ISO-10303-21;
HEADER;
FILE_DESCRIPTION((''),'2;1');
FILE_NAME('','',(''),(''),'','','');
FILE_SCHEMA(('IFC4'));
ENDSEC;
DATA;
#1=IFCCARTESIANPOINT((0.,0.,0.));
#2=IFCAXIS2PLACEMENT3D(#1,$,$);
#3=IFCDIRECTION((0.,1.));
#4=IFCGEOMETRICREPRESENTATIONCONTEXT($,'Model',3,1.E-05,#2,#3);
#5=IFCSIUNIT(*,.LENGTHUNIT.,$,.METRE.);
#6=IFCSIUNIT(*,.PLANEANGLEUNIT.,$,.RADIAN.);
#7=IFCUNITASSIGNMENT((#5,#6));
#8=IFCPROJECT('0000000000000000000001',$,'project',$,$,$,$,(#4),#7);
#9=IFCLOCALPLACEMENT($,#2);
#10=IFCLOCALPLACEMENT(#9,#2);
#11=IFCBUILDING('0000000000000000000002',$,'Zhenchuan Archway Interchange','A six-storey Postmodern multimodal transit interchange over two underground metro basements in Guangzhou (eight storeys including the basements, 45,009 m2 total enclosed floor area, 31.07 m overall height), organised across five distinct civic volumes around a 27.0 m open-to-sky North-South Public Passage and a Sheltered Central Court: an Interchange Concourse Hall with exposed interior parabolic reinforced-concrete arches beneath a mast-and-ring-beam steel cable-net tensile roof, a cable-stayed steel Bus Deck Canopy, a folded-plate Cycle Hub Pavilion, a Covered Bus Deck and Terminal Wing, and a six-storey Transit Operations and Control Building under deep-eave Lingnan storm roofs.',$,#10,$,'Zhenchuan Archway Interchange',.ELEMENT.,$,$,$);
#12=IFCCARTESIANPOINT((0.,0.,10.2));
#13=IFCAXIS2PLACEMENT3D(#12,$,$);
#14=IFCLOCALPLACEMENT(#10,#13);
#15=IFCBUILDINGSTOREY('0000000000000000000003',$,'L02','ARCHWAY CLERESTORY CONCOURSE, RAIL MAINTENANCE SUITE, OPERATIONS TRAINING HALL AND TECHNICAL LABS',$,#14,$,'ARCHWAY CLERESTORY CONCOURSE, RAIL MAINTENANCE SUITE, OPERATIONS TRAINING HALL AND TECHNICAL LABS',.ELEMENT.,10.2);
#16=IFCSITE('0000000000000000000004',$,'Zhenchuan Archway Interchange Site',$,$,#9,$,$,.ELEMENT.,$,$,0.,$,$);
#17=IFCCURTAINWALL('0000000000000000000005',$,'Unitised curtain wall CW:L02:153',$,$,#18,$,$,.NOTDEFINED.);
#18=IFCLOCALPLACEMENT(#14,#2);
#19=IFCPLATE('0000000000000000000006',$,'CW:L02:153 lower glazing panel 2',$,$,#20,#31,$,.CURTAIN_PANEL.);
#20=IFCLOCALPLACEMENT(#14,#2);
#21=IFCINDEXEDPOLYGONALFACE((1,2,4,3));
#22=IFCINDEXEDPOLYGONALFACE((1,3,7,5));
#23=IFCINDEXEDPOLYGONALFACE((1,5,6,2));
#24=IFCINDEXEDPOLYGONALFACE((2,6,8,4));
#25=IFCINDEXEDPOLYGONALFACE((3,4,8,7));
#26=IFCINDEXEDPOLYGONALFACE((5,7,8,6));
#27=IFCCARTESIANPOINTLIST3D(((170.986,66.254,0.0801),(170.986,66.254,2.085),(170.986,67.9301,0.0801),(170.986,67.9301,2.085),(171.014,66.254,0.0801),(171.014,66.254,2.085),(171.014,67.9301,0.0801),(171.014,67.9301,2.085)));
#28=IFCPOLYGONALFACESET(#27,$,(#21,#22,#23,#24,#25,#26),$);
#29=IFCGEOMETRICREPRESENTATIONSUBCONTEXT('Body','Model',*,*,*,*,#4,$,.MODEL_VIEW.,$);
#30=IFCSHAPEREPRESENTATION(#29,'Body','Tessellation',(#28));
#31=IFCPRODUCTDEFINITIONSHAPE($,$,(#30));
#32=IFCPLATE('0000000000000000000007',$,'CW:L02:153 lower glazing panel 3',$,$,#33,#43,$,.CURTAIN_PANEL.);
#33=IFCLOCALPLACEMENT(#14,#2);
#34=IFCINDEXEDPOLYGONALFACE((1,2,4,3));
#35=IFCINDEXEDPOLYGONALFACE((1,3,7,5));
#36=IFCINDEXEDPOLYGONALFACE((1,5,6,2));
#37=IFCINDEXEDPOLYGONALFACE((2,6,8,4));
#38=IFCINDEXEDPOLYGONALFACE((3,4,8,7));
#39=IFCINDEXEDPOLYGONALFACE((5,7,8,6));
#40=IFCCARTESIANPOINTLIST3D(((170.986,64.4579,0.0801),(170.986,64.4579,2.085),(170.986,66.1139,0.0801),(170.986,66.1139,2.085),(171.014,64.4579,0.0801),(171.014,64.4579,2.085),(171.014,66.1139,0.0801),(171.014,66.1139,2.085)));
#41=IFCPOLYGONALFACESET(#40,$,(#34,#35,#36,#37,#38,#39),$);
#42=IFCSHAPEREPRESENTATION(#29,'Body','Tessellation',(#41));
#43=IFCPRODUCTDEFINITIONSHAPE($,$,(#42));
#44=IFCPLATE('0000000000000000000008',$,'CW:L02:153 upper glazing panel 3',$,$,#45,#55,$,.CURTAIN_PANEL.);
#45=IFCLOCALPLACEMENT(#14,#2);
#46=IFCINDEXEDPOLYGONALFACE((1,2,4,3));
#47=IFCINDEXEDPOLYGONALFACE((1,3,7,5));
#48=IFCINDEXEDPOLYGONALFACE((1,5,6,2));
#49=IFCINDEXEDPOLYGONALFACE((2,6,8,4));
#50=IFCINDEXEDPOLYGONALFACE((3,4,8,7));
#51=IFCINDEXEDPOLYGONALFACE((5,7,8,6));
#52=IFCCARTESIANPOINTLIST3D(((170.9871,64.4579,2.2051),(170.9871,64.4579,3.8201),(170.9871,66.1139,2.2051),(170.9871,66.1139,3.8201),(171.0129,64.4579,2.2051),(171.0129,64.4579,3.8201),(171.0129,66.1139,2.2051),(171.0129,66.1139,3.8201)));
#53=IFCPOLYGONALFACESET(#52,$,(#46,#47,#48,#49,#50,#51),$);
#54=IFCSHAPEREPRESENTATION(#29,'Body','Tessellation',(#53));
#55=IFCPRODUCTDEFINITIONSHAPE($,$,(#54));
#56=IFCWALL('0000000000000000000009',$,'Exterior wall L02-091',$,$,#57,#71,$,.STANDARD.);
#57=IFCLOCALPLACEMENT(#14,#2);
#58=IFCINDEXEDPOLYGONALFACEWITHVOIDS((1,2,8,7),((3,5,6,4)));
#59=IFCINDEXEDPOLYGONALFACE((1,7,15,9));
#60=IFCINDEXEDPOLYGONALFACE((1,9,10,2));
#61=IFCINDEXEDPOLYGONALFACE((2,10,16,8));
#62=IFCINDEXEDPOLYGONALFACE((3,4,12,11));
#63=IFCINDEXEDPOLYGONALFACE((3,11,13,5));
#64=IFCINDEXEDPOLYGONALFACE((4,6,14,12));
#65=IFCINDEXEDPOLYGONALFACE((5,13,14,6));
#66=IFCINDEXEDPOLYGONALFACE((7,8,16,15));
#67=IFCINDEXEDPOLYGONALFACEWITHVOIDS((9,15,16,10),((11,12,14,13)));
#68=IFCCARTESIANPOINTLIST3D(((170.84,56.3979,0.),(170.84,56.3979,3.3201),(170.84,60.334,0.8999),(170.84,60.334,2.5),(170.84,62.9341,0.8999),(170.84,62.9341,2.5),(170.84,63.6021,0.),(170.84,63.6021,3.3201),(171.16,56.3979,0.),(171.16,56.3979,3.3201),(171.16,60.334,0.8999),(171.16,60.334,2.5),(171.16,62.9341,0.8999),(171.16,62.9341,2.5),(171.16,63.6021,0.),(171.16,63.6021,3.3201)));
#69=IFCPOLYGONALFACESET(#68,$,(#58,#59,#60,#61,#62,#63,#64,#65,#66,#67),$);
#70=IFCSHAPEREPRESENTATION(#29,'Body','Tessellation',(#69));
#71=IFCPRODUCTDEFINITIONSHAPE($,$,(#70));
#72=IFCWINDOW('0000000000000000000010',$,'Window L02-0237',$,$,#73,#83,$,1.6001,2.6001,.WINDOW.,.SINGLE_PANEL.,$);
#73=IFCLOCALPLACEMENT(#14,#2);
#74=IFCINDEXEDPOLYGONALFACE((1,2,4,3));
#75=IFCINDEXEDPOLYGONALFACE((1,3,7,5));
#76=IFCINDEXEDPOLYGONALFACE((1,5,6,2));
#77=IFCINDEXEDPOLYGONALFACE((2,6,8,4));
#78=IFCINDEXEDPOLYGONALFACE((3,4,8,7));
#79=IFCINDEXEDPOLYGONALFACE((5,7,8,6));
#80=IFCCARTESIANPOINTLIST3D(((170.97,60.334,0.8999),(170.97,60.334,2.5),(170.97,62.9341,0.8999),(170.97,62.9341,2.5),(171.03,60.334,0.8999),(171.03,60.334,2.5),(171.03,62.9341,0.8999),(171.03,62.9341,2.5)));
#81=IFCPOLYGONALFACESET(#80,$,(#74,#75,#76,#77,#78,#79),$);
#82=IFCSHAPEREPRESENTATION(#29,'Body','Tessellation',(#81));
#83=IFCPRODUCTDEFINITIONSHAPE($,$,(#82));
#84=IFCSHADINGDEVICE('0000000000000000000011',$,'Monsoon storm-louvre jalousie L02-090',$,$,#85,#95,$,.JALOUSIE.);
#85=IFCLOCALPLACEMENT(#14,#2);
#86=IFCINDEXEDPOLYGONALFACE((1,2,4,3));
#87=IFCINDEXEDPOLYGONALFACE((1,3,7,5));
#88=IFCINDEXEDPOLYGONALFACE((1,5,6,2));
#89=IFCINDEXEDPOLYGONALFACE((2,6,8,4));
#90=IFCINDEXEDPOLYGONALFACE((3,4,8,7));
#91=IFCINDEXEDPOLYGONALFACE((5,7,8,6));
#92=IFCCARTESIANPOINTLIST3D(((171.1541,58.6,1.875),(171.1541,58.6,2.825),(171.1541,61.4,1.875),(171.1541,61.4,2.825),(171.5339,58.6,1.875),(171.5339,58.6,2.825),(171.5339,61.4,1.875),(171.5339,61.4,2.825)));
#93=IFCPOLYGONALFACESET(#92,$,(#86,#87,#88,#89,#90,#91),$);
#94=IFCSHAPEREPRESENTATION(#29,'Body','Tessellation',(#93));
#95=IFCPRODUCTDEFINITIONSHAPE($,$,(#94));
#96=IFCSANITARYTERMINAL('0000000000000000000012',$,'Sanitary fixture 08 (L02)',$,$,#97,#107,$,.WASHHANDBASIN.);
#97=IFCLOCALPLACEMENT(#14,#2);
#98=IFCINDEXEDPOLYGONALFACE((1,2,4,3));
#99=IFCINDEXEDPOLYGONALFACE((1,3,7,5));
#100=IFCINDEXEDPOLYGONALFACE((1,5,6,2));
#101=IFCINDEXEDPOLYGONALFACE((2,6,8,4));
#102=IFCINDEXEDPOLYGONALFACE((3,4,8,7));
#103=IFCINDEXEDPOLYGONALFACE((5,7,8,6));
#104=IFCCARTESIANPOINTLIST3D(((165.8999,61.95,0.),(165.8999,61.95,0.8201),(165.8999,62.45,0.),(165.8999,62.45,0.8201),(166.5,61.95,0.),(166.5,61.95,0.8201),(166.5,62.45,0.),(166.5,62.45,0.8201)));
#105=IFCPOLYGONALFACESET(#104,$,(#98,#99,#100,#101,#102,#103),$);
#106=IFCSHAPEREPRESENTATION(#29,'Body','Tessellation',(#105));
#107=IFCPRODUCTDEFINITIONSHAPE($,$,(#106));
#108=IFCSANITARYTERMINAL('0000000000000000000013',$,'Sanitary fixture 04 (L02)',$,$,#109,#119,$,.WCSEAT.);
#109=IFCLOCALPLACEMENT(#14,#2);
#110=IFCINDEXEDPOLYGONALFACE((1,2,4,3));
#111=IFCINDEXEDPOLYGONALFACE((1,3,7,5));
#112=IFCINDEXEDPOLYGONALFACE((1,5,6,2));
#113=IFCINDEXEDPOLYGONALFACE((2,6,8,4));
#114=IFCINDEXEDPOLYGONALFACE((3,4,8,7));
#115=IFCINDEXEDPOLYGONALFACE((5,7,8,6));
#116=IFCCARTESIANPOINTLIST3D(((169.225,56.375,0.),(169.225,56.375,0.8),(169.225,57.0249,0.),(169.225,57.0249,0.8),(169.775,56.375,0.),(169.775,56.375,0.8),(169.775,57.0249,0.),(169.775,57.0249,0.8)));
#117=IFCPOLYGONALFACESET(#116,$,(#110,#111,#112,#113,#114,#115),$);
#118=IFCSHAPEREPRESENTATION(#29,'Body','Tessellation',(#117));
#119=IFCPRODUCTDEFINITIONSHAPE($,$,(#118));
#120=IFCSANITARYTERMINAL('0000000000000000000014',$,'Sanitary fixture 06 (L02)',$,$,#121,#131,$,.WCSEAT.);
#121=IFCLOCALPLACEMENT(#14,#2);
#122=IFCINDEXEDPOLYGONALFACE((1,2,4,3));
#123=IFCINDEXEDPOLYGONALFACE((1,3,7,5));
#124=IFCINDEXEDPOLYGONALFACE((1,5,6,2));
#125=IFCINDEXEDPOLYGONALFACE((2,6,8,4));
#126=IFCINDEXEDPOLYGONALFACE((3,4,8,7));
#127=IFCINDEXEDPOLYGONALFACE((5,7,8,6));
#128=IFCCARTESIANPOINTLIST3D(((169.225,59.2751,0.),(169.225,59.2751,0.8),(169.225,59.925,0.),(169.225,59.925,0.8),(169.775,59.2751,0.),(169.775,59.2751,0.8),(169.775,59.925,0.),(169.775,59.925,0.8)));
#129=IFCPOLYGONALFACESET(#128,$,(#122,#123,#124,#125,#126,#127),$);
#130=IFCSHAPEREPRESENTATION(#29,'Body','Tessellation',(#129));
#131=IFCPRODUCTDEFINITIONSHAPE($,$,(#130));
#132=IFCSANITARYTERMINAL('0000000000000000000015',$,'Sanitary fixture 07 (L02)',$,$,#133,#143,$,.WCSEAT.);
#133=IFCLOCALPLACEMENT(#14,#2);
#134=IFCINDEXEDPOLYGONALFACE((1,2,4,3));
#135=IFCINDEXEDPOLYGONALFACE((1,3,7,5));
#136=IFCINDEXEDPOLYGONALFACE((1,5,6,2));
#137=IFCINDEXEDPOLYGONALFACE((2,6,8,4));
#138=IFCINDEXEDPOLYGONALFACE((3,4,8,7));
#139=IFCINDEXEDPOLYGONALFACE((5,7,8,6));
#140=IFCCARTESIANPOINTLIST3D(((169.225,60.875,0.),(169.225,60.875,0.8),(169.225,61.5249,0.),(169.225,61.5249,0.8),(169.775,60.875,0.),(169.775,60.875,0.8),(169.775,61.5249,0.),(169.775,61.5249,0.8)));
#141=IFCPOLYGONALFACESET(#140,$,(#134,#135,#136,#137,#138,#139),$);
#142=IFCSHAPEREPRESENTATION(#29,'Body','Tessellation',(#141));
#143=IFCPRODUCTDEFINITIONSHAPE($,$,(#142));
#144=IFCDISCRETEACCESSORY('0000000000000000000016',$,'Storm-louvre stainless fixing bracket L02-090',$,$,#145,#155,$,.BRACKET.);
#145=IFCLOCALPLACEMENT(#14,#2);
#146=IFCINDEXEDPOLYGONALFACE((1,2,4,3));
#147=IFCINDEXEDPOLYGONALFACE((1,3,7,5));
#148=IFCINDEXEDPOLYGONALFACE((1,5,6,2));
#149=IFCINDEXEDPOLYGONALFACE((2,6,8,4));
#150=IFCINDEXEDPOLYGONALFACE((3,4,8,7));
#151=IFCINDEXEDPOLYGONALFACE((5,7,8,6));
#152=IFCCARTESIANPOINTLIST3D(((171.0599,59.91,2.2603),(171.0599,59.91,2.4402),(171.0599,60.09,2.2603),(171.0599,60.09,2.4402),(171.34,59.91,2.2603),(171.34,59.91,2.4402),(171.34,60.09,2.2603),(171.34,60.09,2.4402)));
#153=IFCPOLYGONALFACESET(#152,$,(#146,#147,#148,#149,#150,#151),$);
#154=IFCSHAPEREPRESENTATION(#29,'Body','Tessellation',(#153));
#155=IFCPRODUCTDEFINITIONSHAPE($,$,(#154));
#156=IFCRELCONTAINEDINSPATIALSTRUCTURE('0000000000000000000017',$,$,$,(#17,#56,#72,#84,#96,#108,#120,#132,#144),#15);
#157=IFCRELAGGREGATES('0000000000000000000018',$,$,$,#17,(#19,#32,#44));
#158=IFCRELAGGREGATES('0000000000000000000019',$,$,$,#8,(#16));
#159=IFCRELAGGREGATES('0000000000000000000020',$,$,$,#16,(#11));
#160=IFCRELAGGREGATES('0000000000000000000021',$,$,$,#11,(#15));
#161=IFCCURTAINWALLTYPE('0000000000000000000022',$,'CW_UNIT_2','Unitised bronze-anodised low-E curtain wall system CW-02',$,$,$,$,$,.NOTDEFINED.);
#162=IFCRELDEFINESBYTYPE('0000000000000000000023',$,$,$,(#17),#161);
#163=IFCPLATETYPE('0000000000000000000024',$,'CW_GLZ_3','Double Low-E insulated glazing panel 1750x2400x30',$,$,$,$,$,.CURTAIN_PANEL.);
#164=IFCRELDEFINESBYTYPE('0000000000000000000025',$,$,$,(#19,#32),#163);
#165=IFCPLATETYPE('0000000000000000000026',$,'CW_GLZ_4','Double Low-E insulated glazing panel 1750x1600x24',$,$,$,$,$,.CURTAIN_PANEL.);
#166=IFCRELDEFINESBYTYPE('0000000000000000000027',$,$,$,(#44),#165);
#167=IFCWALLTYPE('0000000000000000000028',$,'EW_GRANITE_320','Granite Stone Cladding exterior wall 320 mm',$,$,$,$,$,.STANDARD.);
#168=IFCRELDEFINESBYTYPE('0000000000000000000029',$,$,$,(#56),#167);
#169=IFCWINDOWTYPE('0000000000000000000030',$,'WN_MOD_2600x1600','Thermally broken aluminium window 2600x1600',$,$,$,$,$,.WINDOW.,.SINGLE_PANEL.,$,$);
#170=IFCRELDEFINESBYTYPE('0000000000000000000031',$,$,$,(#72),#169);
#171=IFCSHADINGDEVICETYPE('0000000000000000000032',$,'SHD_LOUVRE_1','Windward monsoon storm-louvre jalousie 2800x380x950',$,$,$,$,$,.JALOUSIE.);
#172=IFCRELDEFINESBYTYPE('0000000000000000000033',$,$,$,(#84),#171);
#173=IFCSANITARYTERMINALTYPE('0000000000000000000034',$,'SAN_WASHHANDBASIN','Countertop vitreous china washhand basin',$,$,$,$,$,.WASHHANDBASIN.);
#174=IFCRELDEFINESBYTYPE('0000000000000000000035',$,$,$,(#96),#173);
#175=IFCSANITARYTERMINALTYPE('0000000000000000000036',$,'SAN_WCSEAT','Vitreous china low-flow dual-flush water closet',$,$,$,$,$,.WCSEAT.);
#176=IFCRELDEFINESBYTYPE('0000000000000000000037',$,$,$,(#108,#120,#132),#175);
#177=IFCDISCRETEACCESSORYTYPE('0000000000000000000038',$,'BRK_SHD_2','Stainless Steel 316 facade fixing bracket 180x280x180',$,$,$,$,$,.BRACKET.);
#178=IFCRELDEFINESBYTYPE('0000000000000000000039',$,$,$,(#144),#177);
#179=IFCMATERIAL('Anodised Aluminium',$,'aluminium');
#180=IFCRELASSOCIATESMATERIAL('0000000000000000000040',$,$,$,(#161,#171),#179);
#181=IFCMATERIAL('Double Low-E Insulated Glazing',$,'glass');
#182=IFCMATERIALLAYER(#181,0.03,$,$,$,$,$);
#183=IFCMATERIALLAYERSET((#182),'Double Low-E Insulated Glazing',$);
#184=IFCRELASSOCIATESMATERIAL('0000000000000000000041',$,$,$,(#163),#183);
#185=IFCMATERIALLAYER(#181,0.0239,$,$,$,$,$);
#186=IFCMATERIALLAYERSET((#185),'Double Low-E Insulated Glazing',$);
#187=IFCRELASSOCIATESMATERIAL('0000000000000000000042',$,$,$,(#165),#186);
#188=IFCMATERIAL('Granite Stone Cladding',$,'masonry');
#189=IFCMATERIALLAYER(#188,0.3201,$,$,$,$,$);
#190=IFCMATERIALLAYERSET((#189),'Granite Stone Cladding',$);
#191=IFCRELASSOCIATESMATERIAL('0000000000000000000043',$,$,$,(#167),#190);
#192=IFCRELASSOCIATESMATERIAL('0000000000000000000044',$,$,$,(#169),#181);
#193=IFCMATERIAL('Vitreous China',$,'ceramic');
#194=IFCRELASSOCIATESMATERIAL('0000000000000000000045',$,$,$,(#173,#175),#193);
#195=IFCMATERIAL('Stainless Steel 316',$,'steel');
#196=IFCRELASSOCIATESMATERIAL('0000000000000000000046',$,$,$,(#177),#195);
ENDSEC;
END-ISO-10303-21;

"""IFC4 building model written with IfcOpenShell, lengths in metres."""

from ifc_helpers import new_model, si_unit, direction, frame, frame_2d, origin, origin_2d, place, context, subcontext, project, spatial, rectangle, extrude, material, layer, layer_set, type_object, element, fill, aggregate, save


model = new_model("IFC4")

# Units and contexts
model_context = context("Model", 3, precision=1e-05, world=origin(), true_north=direction((0.0, 1.0)))
body_context = subcontext(model_context, "Body", "Model", "MODEL_VIEW")
ifc_project = project(units=[si_unit("LENGTHUNIT", "METRE"), si_unit("PLANEANGLEUNIT", "RADIAN")], contexts=[model_context])

# Site, building, storey
site_placement = place(None, origin())
site = spatial("IfcSite", under=ifc_project, at=site_placement, Name="Zhenchuan Archway Interchange Site", CompositionType="ELEMENT", RefElevation=0.0)
building_placement = place(site_placement, origin())
building = spatial("IfcBuilding", under=site, at=building_placement, Name="Zhenchuan Archway Interchange", Description="A six-storey Postmodern multimodal transit interchange over two underground metro basements in Guangzhou (eight storeys including the basements, 45,009 m2 total enclosed floor area, 31.07 m overall height), organised across five distinct civic volumes around a 27.0 m open-to-sky North-South Public Passage and a Sheltered Central Court: an Interchange Concourse Hall with exposed interior parabolic reinforced-concrete arches beneath a mast-and-ring-beam steel cable-net tensile roof, a cable-stayed steel Bus Deck Canopy, a folded-plate Cycle Hub Pavilion, a Covered Bus Deck and Terminal Wing, and a six-storey Transit Operations and Control Building under deep-eave Lingnan storm roofs.", LongName="Zhenchuan Archway Interchange", CompositionType="ELEMENT")
storey_placement = place(building_placement, frame((0.0, 0.0, 10.2)))
storey = spatial("IfcBuildingStorey", under=building, at=storey_placement, Name="L02", Description="ARCHWAY CLERESTORY CONCOURSE, RAIL MAINTENANCE SUITE, OPERATIONS TRAINING HALL AND TECHNICAL LABS", LongName="ARCHWAY CLERESTORY CONCOURSE, RAIL MAINTENANCE SUITE, OPERATIONS TRAINING HALL AND TECHNICAL LABS", CompositionType="ELEMENT", Elevation=10.2)

# Curtain wall
ifc_material_1 = material(Name="Anodised Aluminium", Category="aluminium")
curtain_wall_type = type_object("IfcCurtainWallType", Name="CW_UNIT_2", Description="Unitised bronze-anodised low-E curtain wall system CW-02", PredefinedType="NOTDEFINED", material=ifc_material_1)
curtain_wall_placement = place(storey_placement, origin())
curtain_wall = element("IfcCurtainWall", 1, at=curtain_wall_placement, inside=storey, type_object=curtain_wall_type, Name="Unitised curtain wall CW:L02:153", PredefinedType="NOTDEFINED")

# Plates
ifc_material_2 = material(Name="Double Low-E Insulated Glazing", Category="glass")
ifc_layer_1 = layer(ifc_material_2, 0.03)
ifc_layer_set_1 = layer_set([ifc_layer_1], Name="Double Low-E Insulated Glazing")
plate_type_1 = type_object("IfcPlateType", Name="CW_GLZ_3", Description="Double Low-E insulated glazing panel 1750x2400x30", PredefinedType="CURTAIN_PANEL", material=ifc_layer_set_1)
plate_1_placement = place(storey_placement, frame((171.0, 67.092, 0.0801), z_axis=(0.0, 0.0, 1.0), x_axis=(0.0, -1.0, 0.0)))
plate_1 = element("IfcPlate", 2, at=plate_1_placement, type_object=plate_type_1, Name="CW:L02:153 lower glazing panel 2", PredefinedType="CURTAIN_PANEL", context=body_context, shape_type="SweptSolid", body=[
    extrude(rectangle(XDim=1.676, YDim=0.0281, at=origin_2d()), origin(), (0.0, 0.0, 1.0), 2.0049),
])
plate_2_placement = place(storey_placement, frame((171.0, 65.2859, 0.0801), z_axis=(0.0, 0.0, 1.0), x_axis=(0.0, -1.0, 0.0)))
plate_2 = element("IfcPlate", 3, at=plate_2_placement, type_object=plate_type_1, Name="CW:L02:153 lower glazing panel 3", PredefinedType="CURTAIN_PANEL", context=body_context, shape_type="SweptSolid", body=[
    extrude(rectangle(XDim=1.656, YDim=0.0281, at=origin_2d()), origin(), (0.0, 0.0, 1.0), 2.0049),
])
ifc_layer_2 = layer(ifc_material_2, 0.0239)
ifc_layer_set_2 = layer_set([ifc_layer_2], Name="Double Low-E Insulated Glazing")
plate_type_2 = type_object("IfcPlateType", Name="CW_GLZ_4", Description="Double Low-E insulated glazing panel 1750x1600x24", PredefinedType="CURTAIN_PANEL", material=ifc_layer_set_2)
plate_3_placement = place(storey_placement, frame((171.0, 65.2859, 2.2051), z_axis=(0.0, 0.0, 1.0), x_axis=(0.0, -1.0, 0.0)))
plate_3 = element("IfcPlate", 4, at=plate_3_placement, type_object=plate_type_2, Name="CW:L02:153 upper glazing panel 3", PredefinedType="CURTAIN_PANEL", context=body_context, shape_type="SweptSolid", body=[
    extrude(rectangle(XDim=1.656, YDim=0.0259, at=origin_2d()), origin(), (0.0, 0.0, 1.0), 1.615),
])
aggregate(curtain_wall, [plate_1, plate_2, plate_3])

# Wall, opening, window
ifc_material_3 = material(Name="Granite Stone Cladding", Category="masonry")
ifc_layer_3 = layer(ifc_material_3, 0.3201)
ifc_layer_set_3 = layer_set([ifc_layer_3], Name="Granite Stone Cladding")
wall_type = type_object("IfcWallType", Name="EW_GRANITE_320", Description="Granite Stone Cladding exterior wall 320 mm", PredefinedType="STANDARD", material=ifc_layer_set_3)
wall_placement = place(storey_placement, frame((171.0, 63.6021, 0.0), z_axis=(0.0, 0.0, 1.0), x_axis=(0.0, -1.0, 0.0)))
wall = element("IfcWall", 5, at=wall_placement, inside=storey, type_object=wall_type, Name="Exterior wall L02-091", PredefinedType="STANDARD", context=body_context, shape_type="SweptSolid", body=[
    extrude(rectangle(XDim=7.2041, YDim=0.3201, at=frame_2d((3.6021, 0.0))), origin(), (0.0, 0.0, 1.0), 3.3201),
])
opening_placement = place(wall_placement, frame((0.668, 0.0, 0.8999)))
opening = element("IfcOpeningElement", 6, at=opening_placement, cuts=wall, PredefinedType="OPENING", context=body_context, shape_type="SweptSolid", body=[
    extrude(rectangle(XDim=2.6001, YDim=1.6001, at=frame_2d((1.3, 0.8))), frame((0.0, 0.1719, 0.0), z_axis=(0.0, -1.0, 0.0), x_axis=(1.0, 0.0, 0.0)), (0.0, 0.0, 1.0), 0.344),
])
window_type = type_object("IfcWindowType", Name="WN_MOD_2600x1600", Description="Thermally broken aluminium window 2600x1600", PartitioningType="SINGLE_PANEL", PredefinedType="WINDOW", material=ifc_material_2)
window_placement = place(opening_placement, origin())
window = element("IfcWindow", 7, at=window_placement, inside=storey, type_object=window_type, Name="Window L02-0237", OverallHeight=1.6001, OverallWidth=2.6001, PartitioningType="SINGLE_PANEL", PredefinedType="WINDOW", context=body_context, shape_type="SweptSolid", body=[
    extrude(rectangle(XDim=2.6001, YDim=1.6001, at=frame_2d((1.3, 0.8))), frame((0.0, 0.03, 0.0), z_axis=(0.0, -1.0, 0.0), x_axis=(1.0, 0.0, 0.0)), (0.0, 0.0, 1.0), 0.0601),
])
fill(opening, window)

# Shading device
shading_device_type = type_object("IfcShadingDeviceType", Name="SHD_LOUVRE_1", Description="Windward monsoon storm-louvre jalousie 2800x380x950", PredefinedType="JALOUSIE", material=ifc_material_1)
shading_device_placement = place(storey_placement, frame((171.344, 60.0, 1.875), z_axis=(0.0, 0.0, 1.0), x_axis=(0.0, -1.0, 0.0)))
element("IfcShadingDevice", 8, at=shading_device_placement, inside=storey, type_object=shading_device_type, Name="Monsoon storm-louvre jalousie L02-090", PredefinedType="JALOUSIE", context=body_context, shape_type="SweptSolid", body=[
    extrude(rectangle(XDim=2.8, YDim=0.3799, at=origin_2d()), origin(), (0.0, 0.0, 1.0), 0.95),
])

# Sanitary terminals
ifc_material_4 = material(Name="Vitreous China", Category="ceramic")
sanitary_terminal_type_1 = type_object("IfcSanitaryTerminalType", Name="SAN_WASHHANDBASIN", Description="Countertop vitreous china washhand basin", PredefinedType="WASHHANDBASIN", material=ifc_material_4)
sanitary_terminal_placement = place(storey_placement, frame((166.2, 62.2, 0.0), z_axis=(0.0, 0.0, 1.0), x_axis=(1.0, 0.0, 0.0)))
element("IfcSanitaryTerminal", 9, at=sanitary_terminal_placement, inside=storey, type_object=sanitary_terminal_type_1, Name="Sanitary fixture 08 (L02)", PredefinedType="WASHHANDBASIN", context=body_context, shape_type="SweptSolid", body=[
    extrude(rectangle(XDim=0.6001, YDim=0.5, at=origin_2d()), origin(), (0.0, 0.0, 1.0), 0.8201),
])
sanitary_terminal_type_2 = type_object("IfcSanitaryTerminalType", Name="SAN_WCSEAT", Description="Vitreous china low-flow dual-flush water closet", PredefinedType="WCSEAT", material=ifc_material_4)
for number, where, z_axis, x_axis, name in (
    (10, (169.5, 56.7, 0.0), (0.0, 0.0, 1.0), (1.0, 0.0, 0.0), "Sanitary fixture 04 (L02)"),
    (11, (169.5, 59.6001, 0.0), (0.0, 0.0, 1.0), (1.0, 0.0, 0.0), "Sanitary fixture 06 (L02)"),
    (12, (169.5, 61.2, 0.0), (0.0, 0.0, 1.0), (1.0, 0.0, 0.0), "Sanitary fixture 07 (L02)"),
):
    element("IfcSanitaryTerminal", number, at=place(storey_placement, frame(where, z_axis=z_axis, x_axis=x_axis)), inside=storey, type_object=sanitary_terminal_type_2, Name=name, PredefinedType="WCSEAT", context=body_context, shape_type="SweptSolid", body=[
        extrude(rectangle(XDim=0.55, YDim=0.6499, at=origin_2d()), origin(), (0.0, 0.0, 1.0), 0.8),
    ])

# Discrete accessory
ifc_material_5 = material(Name="Stainless Steel 316", Category="steel")
discrete_accessory_type = type_object("IfcDiscreteAccessoryType", Name="BRK_SHD_2", Description="Stainless Steel 316 facade fixing bracket 180x280x180", PredefinedType="BRACKET", material=ifc_material_5)
discrete_accessory_placement = place(storey_placement, frame((171.2, 60.0, 2.2603), z_axis=(0.0, 0.0, 1.0), x_axis=(0.0, -1.0, 0.0)))
element("IfcDiscreteAccessory", 13, at=discrete_accessory_placement, inside=storey, type_object=discrete_accessory_type, Name="Storm-louvre stainless fixing bracket L02-090", PredefinedType="BRACKET", context=body_context, shape_type="SweptSolid", body=[
    extrude(rectangle(XDim=0.1799, YDim=0.28, at=origin_2d()), origin(), (0.0, 0.0, 1.0), 0.1799),
])

save(model, "model.ifc")
